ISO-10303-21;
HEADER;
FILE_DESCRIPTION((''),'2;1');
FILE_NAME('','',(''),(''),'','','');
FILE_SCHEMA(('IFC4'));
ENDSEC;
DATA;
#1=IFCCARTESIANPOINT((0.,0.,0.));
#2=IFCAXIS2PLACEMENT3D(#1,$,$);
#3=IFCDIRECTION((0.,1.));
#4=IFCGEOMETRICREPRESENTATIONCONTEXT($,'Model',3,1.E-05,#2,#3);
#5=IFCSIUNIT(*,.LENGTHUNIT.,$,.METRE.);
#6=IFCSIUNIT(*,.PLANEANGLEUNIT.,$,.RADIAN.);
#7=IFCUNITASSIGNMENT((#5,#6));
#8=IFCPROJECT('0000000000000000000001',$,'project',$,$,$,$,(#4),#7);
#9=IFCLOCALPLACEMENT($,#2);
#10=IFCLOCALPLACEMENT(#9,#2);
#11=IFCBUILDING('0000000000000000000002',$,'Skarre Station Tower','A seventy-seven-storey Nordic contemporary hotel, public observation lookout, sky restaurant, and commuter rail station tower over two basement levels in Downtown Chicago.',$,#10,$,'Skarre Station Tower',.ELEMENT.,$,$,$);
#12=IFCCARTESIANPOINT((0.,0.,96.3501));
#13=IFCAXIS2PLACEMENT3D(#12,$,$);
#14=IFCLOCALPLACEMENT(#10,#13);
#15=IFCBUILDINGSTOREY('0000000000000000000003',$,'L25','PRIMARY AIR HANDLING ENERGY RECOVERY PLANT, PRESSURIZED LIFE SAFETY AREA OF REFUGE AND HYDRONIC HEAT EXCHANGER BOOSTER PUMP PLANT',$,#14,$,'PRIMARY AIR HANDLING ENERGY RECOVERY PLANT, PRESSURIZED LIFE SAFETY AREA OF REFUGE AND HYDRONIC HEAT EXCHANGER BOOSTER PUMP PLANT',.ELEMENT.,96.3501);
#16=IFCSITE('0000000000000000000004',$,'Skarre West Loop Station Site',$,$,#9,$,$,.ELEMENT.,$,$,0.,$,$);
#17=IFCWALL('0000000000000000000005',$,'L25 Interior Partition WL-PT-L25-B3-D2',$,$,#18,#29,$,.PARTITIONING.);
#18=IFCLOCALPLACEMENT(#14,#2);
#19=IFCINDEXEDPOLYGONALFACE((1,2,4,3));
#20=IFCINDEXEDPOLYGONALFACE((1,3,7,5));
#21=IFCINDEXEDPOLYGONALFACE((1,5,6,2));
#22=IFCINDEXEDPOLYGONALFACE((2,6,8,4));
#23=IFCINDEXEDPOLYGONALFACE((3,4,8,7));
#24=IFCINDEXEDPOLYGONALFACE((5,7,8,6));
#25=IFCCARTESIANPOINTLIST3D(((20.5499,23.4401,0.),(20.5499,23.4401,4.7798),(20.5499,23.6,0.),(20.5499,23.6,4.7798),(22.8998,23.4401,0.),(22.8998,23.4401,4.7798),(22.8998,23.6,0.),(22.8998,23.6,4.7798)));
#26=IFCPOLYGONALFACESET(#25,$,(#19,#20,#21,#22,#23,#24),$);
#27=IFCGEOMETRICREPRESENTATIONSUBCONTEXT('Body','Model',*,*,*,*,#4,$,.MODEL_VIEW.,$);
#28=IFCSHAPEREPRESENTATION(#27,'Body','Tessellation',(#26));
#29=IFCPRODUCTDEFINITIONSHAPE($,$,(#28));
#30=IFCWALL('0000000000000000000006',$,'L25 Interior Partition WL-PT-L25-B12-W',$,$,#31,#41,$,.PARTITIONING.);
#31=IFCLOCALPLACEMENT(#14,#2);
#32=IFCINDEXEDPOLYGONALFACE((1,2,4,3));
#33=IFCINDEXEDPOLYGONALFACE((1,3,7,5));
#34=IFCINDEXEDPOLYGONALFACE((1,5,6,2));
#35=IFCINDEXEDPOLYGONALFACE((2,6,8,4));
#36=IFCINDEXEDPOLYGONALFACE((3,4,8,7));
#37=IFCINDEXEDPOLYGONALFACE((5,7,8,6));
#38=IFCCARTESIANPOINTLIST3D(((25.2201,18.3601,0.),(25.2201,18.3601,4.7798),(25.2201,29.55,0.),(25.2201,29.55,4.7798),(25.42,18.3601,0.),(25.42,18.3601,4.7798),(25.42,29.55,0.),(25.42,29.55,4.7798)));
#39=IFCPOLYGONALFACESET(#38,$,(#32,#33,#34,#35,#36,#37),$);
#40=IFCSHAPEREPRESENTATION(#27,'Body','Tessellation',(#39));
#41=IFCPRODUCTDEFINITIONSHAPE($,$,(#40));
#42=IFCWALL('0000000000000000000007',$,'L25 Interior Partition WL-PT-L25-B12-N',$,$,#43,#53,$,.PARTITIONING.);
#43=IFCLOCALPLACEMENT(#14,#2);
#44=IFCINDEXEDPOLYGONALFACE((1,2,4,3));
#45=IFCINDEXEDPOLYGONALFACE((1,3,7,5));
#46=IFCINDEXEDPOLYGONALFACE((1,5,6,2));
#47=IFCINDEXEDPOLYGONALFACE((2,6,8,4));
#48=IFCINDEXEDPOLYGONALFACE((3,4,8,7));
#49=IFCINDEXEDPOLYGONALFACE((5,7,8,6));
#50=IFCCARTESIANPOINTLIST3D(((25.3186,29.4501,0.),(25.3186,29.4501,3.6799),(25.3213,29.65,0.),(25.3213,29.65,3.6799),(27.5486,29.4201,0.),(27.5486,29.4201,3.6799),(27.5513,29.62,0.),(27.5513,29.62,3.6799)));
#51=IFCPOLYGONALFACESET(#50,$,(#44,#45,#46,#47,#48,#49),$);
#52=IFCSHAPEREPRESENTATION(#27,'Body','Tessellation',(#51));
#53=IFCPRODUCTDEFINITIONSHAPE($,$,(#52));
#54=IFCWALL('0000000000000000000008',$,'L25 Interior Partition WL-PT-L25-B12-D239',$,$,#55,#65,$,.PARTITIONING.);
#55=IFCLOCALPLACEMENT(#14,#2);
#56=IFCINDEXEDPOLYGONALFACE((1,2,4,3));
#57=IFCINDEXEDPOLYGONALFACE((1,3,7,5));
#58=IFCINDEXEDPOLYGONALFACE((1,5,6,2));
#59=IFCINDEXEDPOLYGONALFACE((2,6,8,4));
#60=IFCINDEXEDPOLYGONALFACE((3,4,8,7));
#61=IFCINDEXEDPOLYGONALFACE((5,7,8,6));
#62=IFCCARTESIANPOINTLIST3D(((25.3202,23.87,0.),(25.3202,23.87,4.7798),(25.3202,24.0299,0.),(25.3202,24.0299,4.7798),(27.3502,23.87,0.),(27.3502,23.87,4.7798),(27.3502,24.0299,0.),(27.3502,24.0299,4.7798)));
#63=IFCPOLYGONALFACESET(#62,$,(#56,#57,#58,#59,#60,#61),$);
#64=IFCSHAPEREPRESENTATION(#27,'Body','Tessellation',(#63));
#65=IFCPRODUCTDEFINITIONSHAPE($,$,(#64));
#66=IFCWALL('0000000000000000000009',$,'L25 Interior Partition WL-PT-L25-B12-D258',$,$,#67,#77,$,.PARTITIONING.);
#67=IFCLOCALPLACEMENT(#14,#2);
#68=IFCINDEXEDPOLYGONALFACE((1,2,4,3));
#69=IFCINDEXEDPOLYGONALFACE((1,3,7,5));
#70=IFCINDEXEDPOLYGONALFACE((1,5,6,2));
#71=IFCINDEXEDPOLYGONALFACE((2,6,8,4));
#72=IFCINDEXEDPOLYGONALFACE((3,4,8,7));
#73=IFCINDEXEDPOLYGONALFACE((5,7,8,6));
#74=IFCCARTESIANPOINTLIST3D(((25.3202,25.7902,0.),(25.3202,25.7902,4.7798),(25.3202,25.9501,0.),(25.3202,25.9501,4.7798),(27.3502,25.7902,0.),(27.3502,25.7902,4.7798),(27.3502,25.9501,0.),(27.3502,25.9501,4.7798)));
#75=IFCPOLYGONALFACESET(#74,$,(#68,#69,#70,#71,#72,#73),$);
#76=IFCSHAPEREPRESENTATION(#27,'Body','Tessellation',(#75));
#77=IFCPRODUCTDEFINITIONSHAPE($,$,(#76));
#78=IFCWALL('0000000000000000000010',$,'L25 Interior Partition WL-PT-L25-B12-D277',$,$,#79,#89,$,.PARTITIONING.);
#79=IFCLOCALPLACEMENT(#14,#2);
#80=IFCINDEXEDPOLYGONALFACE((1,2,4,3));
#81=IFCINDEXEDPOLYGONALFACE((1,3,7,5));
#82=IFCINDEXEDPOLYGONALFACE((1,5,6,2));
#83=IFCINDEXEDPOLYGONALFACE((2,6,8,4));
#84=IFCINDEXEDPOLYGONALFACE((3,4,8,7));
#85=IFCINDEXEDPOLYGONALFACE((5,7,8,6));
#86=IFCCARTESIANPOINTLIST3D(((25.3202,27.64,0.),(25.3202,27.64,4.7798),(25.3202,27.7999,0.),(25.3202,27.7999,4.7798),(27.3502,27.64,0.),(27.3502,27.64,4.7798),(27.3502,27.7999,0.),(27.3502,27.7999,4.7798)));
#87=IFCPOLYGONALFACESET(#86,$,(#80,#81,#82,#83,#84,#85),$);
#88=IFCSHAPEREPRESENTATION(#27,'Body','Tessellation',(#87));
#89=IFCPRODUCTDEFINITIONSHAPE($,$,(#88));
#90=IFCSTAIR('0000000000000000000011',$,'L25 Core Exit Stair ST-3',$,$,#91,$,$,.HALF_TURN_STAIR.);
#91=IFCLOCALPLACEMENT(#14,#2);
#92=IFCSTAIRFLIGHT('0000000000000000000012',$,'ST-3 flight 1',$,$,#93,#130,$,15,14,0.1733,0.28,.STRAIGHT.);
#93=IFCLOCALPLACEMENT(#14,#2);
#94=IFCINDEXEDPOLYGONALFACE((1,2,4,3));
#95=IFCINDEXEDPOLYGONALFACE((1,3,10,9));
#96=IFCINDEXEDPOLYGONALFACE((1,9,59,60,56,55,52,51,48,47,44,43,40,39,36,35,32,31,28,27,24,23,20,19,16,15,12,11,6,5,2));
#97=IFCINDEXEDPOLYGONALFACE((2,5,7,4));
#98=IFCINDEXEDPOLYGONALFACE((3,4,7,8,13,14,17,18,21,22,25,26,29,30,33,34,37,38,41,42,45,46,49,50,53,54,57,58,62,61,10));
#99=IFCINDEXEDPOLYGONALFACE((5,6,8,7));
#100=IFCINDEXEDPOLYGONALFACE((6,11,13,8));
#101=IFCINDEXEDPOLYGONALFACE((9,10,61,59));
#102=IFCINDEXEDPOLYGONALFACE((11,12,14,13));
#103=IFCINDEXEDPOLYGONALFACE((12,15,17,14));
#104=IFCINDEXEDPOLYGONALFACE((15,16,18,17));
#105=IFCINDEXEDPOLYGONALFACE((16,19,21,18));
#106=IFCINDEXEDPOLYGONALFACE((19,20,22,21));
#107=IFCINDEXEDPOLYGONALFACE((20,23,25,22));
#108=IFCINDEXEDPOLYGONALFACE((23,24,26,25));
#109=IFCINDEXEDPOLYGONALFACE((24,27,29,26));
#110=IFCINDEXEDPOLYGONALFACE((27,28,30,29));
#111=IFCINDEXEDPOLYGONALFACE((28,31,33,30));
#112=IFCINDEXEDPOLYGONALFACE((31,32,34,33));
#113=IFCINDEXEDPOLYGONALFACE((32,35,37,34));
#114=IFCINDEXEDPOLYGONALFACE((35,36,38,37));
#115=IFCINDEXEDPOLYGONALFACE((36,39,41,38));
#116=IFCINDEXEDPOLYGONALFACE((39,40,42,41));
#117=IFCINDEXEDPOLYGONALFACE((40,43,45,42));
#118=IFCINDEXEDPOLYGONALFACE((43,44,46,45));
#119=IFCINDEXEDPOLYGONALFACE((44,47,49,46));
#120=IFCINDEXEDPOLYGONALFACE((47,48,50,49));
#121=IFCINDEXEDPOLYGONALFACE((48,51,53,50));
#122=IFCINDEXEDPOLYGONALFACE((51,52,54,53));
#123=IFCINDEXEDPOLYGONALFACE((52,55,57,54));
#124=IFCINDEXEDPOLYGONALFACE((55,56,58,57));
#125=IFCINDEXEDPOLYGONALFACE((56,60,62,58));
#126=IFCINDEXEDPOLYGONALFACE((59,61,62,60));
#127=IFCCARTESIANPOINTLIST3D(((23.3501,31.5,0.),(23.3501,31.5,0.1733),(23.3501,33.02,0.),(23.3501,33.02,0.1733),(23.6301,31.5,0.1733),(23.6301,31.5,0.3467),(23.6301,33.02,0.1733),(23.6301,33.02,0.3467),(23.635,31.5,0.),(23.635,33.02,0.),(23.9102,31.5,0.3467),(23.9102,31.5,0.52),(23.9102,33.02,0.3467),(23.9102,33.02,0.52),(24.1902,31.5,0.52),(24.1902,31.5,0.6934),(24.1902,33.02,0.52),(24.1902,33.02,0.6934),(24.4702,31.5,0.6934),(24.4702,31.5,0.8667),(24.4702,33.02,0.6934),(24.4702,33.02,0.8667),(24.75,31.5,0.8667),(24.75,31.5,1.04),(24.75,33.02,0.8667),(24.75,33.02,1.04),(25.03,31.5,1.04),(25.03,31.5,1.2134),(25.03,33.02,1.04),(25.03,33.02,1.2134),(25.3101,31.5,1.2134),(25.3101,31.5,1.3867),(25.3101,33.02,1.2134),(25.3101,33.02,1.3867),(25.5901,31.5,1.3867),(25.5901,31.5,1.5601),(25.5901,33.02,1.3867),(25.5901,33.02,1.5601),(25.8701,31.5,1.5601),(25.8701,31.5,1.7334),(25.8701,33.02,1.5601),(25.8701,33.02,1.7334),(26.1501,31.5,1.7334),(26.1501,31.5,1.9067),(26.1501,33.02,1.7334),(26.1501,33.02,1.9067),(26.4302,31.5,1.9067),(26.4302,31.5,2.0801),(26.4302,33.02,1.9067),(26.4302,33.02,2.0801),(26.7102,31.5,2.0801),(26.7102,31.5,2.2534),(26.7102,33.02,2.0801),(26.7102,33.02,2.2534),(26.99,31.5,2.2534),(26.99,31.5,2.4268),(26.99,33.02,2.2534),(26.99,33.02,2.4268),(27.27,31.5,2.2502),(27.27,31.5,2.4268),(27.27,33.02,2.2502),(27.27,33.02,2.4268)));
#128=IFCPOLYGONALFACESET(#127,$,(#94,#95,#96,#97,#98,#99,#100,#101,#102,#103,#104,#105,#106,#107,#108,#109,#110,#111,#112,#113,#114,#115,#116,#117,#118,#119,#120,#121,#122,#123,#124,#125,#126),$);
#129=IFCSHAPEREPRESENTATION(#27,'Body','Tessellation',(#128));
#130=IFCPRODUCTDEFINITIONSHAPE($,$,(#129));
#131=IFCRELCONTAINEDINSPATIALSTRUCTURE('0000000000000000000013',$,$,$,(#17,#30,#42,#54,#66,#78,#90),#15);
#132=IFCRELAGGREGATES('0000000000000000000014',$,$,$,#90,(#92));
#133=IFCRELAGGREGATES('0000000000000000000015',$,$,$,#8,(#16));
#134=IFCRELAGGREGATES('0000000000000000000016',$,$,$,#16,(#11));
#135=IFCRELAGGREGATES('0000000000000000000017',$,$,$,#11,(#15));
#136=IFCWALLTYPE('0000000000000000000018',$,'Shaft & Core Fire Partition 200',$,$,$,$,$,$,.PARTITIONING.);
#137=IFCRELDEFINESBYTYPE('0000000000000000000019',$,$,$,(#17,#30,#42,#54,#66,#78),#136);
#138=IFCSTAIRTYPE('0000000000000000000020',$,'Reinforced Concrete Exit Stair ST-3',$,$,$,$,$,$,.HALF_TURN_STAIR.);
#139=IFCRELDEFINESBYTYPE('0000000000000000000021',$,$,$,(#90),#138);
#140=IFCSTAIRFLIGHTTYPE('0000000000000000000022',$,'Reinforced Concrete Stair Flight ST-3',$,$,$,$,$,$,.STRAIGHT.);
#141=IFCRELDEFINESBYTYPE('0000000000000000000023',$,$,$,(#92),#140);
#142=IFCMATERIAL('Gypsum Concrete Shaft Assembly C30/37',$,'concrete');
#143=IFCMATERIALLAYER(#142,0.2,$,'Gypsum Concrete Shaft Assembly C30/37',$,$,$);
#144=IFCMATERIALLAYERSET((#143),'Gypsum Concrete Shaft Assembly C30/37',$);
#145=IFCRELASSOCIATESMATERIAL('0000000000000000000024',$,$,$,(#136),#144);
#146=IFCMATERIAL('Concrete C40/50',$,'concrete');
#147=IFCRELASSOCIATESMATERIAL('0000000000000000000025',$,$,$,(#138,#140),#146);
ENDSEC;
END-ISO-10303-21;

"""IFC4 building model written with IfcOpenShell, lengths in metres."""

from ifc_helpers import new_model, si_unit, direction, frame, frame_2d, origin, place, context, subcontext, project, spatial, polyline, rectangle, outline, extrude, material, layer, layer_set, type_object, element, aggregate, save


model = new_model("IFC4")

# Units and contexts
model_context = context("Model", 3, precision=1e-05, world=origin(), true_north=direction((0.0, 1.0)))
body_context = subcontext(model_context, "Body", "Model", "MODEL_VIEW")
ifc_project = project(units=[si_unit("LENGTHUNIT", "METRE"), si_unit("PLANEANGLEUNIT", "RADIAN")], contexts=[model_context])

# Site, building, storey
site_placement = place(None, origin())
site = spatial("IfcSite", under=ifc_project, at=site_placement, Name="Skarre West Loop Station Site", CompositionType="ELEMENT", RefElevation=0.0)
building_placement = place(site_placement, origin())
building = spatial("IfcBuilding", under=site, at=building_placement, Name="Skarre Station Tower", Description="A seventy-seven-storey Nordic contemporary hotel, public observation lookout, sky restaurant, and commuter rail station tower over two basement levels in Downtown Chicago.", LongName="Skarre Station Tower", CompositionType="ELEMENT")
storey_placement = place(building_placement, frame((0.0, 0.0, 96.3501)))
storey = spatial("IfcBuildingStorey", under=building, at=storey_placement, Name="L25", Description="PRIMARY AIR HANDLING ENERGY RECOVERY PLANT, PRESSURIZED LIFE SAFETY AREA OF REFUGE AND HYDRONIC HEAT EXCHANGER BOOSTER PUMP PLANT", LongName="PRIMARY AIR HANDLING ENERGY RECOVERY PLANT, PRESSURIZED LIFE SAFETY AREA OF REFUGE AND HYDRONIC HEAT EXCHANGER BOOSTER PUMP PLANT", CompositionType="ELEMENT", Elevation=96.3501)

# Shared definitions
ifc_material_1 = material(Name="Gypsum Concrete Shaft Assembly C30/37", Category="concrete")
ifc_layer_1 = layer(ifc_material_1, 0.2, Name="Gypsum Concrete Shaft Assembly C30/37")
ifc_layer_set_1 = layer_set([ifc_layer_1], Name="Gypsum Concrete Shaft Assembly C30/37")
wall_type_1 = type_object("IfcWallType", Name="Shaft & Core Fire Partition 200", PredefinedType="PARTITIONING", material=ifc_layer_set_1)

# Walls
wall_1_placement = place(storey_placement, frame((20.55, 23.52, 0.0), z_axis=(0.0, 0.0, 1.0), x_axis=(1.0, 0.0, 0.0)))
element("IfcWall", 1, at=wall_1_placement, inside=storey, type_object=wall_type_1, Name="L25 Interior Partition WL-PT-L25-B3-D2", PredefinedType="PARTITIONING", context=body_context, shape_type="SweptSolid", body=[
    extrude(rectangle(XDim=2.3499, YDim=0.1599, at=frame_2d((1.1748, 0.0))), origin(), (0.0, 0.0, 1.0), 4.7798),
])
wall_2_placement = place(storey_placement, frame((25.3201, 29.55, 0.0), z_axis=(0.0, 0.0, 1.0), x_axis=(0.0, -1.0, 0.0)))
element("IfcWall", 2, at=wall_2_placement, inside=storey, type_object=wall_type_1, Name="L25 Interior Partition WL-PT-L25-B12-W", PredefinedType="PARTITIONING", context=body_context, shape_type="SweptSolid", body=[
    extrude(rectangle(XDim=11.1899, YDim=0.2, at=frame_2d((5.595, 0.0))), origin(), (0.0, 0.0, 1.0), 4.7798),
])
wall_3_placement = place(storey_placement, frame((27.55, 29.52, 0.0), z_axis=(0.0, 0.0, 1.0), x_axis=(-0.999909, 0.013465, 0.0)))
element("IfcWall", 3, at=wall_3_placement, inside=storey, type_object=wall_type_1, Name="L25 Interior Partition WL-PT-L25-B12-N", PredefinedType="PARTITIONING", context=body_context, shape_type="SweptSolid", body=[
    extrude(rectangle(XDim=2.2302, YDim=0.2, at=frame_2d((1.1152, 0.0))), origin(), (0.0, 0.0, 1.0), 3.6799),
])
for number, where, z_axis, x_axis, name in (
    (4, (25.3201, 23.95, 0.0), (0.0, 0.0, 1.0), (1.0, 0.0, 0.0), "L25 Interior Partition WL-PT-L25-B12-D239"),
    (5, (25.3201, 25.8701, 0.0), (0.0, 0.0, 1.0), (1.0, 0.0, 0.0), "L25 Interior Partition WL-PT-L25-B12-D258"),
    (6, (25.3201, 27.72, 0.0), (0.0, 0.0, 1.0), (1.0, 0.0, 0.0), "L25 Interior Partition WL-PT-L25-B12-D277"),
):
    element("IfcWall", number, at=place(storey_placement, frame(where, z_axis=z_axis, x_axis=x_axis)), inside=storey, type_object=wall_type_1, Name=name, PredefinedType="PARTITIONING", context=body_context, shape_type="SweptSolid", body=[
        extrude(rectangle(XDim=2.03, YDim=0.1599, at=frame_2d((1.0151, 0.0))), origin(), (0.0, 0.0, 1.0), 4.7798),
    ])

# Stair, stair flight
ifc_material_2 = material(Name="Concrete C40/50", Category="concrete")
stair_type = type_object("IfcStairType", Name="Reinforced Concrete Exit Stair ST-3", PredefinedType="HALF_TURN_STAIR", material=ifc_material_2)
stair_placement = place(storey_placement, origin())
stair = element("IfcStair", 7, at=stair_placement, inside=storey, type_object=stair_type, Name="L25 Core Exit Stair ST-3", PredefinedType="HALF_TURN_STAIR")
stair_flight_type = type_object("IfcStairFlightType", Name="Reinforced Concrete Stair Flight ST-3", PredefinedType="STRAIGHT", material=ifc_material_2)
stair_flight_placement = place(storey_placement, frame((23.3501, 32.26, 0.0), z_axis=(0.0, 0.0, 1.0), x_axis=(1.0, 0.0, 0.0)))
stair_flight = element("IfcStairFlight", 8, at=stair_flight_placement, type_object=stair_flight_type, Name="ST-3 flight 1", NumberOfRisers=15, NumberOfTreads=14, PredefinedType="STRAIGHT", RiserHeight=0.1733, TreadLength=0.28, context=body_context, shape_type="SweptSolid", body=[
    extrude(outline(polyline([(0.0, 0.0), (0.0, 0.1733), (0.28, 0.1733), (0.28, 0.3467), (0.5601, 0.3467), (0.5601, 0.52), (0.8401, 0.52), (0.8401, 0.6934), (1.1201, 0.6934), (1.1201, 0.8667), (1.3999, 0.8667), (1.3999, 1.04), (1.6799, 1.04), (1.6799, 1.2134), (1.96, 1.2134), (1.96, 1.3867), (2.24, 1.3867), (2.24, 1.5601), (2.52, 1.5601), (2.52, 1.7334), (2.8, 1.7334), (2.8, 1.9067), (3.0801, 1.9067), (3.0801, 2.0801), (3.3601, 2.0801), (3.3601, 2.2534), (3.6399, 2.2534), (3.6399, 2.4268), (3.9199, 2.4268), (3.9199, 2.6001), (3.9199, 2.2502), (0.2849, 0.0), (0.0, 0.0)])), frame((0.0, 0.76, 0.0), z_axis=(0.0, -1.0, 0.0), x_axis=(1.0, 0.0, 0.0)), (0.0, 0.0, 1.0), 1.52),
])
aggregate(stair, [stair_flight])

save(model, "model.ifc")
